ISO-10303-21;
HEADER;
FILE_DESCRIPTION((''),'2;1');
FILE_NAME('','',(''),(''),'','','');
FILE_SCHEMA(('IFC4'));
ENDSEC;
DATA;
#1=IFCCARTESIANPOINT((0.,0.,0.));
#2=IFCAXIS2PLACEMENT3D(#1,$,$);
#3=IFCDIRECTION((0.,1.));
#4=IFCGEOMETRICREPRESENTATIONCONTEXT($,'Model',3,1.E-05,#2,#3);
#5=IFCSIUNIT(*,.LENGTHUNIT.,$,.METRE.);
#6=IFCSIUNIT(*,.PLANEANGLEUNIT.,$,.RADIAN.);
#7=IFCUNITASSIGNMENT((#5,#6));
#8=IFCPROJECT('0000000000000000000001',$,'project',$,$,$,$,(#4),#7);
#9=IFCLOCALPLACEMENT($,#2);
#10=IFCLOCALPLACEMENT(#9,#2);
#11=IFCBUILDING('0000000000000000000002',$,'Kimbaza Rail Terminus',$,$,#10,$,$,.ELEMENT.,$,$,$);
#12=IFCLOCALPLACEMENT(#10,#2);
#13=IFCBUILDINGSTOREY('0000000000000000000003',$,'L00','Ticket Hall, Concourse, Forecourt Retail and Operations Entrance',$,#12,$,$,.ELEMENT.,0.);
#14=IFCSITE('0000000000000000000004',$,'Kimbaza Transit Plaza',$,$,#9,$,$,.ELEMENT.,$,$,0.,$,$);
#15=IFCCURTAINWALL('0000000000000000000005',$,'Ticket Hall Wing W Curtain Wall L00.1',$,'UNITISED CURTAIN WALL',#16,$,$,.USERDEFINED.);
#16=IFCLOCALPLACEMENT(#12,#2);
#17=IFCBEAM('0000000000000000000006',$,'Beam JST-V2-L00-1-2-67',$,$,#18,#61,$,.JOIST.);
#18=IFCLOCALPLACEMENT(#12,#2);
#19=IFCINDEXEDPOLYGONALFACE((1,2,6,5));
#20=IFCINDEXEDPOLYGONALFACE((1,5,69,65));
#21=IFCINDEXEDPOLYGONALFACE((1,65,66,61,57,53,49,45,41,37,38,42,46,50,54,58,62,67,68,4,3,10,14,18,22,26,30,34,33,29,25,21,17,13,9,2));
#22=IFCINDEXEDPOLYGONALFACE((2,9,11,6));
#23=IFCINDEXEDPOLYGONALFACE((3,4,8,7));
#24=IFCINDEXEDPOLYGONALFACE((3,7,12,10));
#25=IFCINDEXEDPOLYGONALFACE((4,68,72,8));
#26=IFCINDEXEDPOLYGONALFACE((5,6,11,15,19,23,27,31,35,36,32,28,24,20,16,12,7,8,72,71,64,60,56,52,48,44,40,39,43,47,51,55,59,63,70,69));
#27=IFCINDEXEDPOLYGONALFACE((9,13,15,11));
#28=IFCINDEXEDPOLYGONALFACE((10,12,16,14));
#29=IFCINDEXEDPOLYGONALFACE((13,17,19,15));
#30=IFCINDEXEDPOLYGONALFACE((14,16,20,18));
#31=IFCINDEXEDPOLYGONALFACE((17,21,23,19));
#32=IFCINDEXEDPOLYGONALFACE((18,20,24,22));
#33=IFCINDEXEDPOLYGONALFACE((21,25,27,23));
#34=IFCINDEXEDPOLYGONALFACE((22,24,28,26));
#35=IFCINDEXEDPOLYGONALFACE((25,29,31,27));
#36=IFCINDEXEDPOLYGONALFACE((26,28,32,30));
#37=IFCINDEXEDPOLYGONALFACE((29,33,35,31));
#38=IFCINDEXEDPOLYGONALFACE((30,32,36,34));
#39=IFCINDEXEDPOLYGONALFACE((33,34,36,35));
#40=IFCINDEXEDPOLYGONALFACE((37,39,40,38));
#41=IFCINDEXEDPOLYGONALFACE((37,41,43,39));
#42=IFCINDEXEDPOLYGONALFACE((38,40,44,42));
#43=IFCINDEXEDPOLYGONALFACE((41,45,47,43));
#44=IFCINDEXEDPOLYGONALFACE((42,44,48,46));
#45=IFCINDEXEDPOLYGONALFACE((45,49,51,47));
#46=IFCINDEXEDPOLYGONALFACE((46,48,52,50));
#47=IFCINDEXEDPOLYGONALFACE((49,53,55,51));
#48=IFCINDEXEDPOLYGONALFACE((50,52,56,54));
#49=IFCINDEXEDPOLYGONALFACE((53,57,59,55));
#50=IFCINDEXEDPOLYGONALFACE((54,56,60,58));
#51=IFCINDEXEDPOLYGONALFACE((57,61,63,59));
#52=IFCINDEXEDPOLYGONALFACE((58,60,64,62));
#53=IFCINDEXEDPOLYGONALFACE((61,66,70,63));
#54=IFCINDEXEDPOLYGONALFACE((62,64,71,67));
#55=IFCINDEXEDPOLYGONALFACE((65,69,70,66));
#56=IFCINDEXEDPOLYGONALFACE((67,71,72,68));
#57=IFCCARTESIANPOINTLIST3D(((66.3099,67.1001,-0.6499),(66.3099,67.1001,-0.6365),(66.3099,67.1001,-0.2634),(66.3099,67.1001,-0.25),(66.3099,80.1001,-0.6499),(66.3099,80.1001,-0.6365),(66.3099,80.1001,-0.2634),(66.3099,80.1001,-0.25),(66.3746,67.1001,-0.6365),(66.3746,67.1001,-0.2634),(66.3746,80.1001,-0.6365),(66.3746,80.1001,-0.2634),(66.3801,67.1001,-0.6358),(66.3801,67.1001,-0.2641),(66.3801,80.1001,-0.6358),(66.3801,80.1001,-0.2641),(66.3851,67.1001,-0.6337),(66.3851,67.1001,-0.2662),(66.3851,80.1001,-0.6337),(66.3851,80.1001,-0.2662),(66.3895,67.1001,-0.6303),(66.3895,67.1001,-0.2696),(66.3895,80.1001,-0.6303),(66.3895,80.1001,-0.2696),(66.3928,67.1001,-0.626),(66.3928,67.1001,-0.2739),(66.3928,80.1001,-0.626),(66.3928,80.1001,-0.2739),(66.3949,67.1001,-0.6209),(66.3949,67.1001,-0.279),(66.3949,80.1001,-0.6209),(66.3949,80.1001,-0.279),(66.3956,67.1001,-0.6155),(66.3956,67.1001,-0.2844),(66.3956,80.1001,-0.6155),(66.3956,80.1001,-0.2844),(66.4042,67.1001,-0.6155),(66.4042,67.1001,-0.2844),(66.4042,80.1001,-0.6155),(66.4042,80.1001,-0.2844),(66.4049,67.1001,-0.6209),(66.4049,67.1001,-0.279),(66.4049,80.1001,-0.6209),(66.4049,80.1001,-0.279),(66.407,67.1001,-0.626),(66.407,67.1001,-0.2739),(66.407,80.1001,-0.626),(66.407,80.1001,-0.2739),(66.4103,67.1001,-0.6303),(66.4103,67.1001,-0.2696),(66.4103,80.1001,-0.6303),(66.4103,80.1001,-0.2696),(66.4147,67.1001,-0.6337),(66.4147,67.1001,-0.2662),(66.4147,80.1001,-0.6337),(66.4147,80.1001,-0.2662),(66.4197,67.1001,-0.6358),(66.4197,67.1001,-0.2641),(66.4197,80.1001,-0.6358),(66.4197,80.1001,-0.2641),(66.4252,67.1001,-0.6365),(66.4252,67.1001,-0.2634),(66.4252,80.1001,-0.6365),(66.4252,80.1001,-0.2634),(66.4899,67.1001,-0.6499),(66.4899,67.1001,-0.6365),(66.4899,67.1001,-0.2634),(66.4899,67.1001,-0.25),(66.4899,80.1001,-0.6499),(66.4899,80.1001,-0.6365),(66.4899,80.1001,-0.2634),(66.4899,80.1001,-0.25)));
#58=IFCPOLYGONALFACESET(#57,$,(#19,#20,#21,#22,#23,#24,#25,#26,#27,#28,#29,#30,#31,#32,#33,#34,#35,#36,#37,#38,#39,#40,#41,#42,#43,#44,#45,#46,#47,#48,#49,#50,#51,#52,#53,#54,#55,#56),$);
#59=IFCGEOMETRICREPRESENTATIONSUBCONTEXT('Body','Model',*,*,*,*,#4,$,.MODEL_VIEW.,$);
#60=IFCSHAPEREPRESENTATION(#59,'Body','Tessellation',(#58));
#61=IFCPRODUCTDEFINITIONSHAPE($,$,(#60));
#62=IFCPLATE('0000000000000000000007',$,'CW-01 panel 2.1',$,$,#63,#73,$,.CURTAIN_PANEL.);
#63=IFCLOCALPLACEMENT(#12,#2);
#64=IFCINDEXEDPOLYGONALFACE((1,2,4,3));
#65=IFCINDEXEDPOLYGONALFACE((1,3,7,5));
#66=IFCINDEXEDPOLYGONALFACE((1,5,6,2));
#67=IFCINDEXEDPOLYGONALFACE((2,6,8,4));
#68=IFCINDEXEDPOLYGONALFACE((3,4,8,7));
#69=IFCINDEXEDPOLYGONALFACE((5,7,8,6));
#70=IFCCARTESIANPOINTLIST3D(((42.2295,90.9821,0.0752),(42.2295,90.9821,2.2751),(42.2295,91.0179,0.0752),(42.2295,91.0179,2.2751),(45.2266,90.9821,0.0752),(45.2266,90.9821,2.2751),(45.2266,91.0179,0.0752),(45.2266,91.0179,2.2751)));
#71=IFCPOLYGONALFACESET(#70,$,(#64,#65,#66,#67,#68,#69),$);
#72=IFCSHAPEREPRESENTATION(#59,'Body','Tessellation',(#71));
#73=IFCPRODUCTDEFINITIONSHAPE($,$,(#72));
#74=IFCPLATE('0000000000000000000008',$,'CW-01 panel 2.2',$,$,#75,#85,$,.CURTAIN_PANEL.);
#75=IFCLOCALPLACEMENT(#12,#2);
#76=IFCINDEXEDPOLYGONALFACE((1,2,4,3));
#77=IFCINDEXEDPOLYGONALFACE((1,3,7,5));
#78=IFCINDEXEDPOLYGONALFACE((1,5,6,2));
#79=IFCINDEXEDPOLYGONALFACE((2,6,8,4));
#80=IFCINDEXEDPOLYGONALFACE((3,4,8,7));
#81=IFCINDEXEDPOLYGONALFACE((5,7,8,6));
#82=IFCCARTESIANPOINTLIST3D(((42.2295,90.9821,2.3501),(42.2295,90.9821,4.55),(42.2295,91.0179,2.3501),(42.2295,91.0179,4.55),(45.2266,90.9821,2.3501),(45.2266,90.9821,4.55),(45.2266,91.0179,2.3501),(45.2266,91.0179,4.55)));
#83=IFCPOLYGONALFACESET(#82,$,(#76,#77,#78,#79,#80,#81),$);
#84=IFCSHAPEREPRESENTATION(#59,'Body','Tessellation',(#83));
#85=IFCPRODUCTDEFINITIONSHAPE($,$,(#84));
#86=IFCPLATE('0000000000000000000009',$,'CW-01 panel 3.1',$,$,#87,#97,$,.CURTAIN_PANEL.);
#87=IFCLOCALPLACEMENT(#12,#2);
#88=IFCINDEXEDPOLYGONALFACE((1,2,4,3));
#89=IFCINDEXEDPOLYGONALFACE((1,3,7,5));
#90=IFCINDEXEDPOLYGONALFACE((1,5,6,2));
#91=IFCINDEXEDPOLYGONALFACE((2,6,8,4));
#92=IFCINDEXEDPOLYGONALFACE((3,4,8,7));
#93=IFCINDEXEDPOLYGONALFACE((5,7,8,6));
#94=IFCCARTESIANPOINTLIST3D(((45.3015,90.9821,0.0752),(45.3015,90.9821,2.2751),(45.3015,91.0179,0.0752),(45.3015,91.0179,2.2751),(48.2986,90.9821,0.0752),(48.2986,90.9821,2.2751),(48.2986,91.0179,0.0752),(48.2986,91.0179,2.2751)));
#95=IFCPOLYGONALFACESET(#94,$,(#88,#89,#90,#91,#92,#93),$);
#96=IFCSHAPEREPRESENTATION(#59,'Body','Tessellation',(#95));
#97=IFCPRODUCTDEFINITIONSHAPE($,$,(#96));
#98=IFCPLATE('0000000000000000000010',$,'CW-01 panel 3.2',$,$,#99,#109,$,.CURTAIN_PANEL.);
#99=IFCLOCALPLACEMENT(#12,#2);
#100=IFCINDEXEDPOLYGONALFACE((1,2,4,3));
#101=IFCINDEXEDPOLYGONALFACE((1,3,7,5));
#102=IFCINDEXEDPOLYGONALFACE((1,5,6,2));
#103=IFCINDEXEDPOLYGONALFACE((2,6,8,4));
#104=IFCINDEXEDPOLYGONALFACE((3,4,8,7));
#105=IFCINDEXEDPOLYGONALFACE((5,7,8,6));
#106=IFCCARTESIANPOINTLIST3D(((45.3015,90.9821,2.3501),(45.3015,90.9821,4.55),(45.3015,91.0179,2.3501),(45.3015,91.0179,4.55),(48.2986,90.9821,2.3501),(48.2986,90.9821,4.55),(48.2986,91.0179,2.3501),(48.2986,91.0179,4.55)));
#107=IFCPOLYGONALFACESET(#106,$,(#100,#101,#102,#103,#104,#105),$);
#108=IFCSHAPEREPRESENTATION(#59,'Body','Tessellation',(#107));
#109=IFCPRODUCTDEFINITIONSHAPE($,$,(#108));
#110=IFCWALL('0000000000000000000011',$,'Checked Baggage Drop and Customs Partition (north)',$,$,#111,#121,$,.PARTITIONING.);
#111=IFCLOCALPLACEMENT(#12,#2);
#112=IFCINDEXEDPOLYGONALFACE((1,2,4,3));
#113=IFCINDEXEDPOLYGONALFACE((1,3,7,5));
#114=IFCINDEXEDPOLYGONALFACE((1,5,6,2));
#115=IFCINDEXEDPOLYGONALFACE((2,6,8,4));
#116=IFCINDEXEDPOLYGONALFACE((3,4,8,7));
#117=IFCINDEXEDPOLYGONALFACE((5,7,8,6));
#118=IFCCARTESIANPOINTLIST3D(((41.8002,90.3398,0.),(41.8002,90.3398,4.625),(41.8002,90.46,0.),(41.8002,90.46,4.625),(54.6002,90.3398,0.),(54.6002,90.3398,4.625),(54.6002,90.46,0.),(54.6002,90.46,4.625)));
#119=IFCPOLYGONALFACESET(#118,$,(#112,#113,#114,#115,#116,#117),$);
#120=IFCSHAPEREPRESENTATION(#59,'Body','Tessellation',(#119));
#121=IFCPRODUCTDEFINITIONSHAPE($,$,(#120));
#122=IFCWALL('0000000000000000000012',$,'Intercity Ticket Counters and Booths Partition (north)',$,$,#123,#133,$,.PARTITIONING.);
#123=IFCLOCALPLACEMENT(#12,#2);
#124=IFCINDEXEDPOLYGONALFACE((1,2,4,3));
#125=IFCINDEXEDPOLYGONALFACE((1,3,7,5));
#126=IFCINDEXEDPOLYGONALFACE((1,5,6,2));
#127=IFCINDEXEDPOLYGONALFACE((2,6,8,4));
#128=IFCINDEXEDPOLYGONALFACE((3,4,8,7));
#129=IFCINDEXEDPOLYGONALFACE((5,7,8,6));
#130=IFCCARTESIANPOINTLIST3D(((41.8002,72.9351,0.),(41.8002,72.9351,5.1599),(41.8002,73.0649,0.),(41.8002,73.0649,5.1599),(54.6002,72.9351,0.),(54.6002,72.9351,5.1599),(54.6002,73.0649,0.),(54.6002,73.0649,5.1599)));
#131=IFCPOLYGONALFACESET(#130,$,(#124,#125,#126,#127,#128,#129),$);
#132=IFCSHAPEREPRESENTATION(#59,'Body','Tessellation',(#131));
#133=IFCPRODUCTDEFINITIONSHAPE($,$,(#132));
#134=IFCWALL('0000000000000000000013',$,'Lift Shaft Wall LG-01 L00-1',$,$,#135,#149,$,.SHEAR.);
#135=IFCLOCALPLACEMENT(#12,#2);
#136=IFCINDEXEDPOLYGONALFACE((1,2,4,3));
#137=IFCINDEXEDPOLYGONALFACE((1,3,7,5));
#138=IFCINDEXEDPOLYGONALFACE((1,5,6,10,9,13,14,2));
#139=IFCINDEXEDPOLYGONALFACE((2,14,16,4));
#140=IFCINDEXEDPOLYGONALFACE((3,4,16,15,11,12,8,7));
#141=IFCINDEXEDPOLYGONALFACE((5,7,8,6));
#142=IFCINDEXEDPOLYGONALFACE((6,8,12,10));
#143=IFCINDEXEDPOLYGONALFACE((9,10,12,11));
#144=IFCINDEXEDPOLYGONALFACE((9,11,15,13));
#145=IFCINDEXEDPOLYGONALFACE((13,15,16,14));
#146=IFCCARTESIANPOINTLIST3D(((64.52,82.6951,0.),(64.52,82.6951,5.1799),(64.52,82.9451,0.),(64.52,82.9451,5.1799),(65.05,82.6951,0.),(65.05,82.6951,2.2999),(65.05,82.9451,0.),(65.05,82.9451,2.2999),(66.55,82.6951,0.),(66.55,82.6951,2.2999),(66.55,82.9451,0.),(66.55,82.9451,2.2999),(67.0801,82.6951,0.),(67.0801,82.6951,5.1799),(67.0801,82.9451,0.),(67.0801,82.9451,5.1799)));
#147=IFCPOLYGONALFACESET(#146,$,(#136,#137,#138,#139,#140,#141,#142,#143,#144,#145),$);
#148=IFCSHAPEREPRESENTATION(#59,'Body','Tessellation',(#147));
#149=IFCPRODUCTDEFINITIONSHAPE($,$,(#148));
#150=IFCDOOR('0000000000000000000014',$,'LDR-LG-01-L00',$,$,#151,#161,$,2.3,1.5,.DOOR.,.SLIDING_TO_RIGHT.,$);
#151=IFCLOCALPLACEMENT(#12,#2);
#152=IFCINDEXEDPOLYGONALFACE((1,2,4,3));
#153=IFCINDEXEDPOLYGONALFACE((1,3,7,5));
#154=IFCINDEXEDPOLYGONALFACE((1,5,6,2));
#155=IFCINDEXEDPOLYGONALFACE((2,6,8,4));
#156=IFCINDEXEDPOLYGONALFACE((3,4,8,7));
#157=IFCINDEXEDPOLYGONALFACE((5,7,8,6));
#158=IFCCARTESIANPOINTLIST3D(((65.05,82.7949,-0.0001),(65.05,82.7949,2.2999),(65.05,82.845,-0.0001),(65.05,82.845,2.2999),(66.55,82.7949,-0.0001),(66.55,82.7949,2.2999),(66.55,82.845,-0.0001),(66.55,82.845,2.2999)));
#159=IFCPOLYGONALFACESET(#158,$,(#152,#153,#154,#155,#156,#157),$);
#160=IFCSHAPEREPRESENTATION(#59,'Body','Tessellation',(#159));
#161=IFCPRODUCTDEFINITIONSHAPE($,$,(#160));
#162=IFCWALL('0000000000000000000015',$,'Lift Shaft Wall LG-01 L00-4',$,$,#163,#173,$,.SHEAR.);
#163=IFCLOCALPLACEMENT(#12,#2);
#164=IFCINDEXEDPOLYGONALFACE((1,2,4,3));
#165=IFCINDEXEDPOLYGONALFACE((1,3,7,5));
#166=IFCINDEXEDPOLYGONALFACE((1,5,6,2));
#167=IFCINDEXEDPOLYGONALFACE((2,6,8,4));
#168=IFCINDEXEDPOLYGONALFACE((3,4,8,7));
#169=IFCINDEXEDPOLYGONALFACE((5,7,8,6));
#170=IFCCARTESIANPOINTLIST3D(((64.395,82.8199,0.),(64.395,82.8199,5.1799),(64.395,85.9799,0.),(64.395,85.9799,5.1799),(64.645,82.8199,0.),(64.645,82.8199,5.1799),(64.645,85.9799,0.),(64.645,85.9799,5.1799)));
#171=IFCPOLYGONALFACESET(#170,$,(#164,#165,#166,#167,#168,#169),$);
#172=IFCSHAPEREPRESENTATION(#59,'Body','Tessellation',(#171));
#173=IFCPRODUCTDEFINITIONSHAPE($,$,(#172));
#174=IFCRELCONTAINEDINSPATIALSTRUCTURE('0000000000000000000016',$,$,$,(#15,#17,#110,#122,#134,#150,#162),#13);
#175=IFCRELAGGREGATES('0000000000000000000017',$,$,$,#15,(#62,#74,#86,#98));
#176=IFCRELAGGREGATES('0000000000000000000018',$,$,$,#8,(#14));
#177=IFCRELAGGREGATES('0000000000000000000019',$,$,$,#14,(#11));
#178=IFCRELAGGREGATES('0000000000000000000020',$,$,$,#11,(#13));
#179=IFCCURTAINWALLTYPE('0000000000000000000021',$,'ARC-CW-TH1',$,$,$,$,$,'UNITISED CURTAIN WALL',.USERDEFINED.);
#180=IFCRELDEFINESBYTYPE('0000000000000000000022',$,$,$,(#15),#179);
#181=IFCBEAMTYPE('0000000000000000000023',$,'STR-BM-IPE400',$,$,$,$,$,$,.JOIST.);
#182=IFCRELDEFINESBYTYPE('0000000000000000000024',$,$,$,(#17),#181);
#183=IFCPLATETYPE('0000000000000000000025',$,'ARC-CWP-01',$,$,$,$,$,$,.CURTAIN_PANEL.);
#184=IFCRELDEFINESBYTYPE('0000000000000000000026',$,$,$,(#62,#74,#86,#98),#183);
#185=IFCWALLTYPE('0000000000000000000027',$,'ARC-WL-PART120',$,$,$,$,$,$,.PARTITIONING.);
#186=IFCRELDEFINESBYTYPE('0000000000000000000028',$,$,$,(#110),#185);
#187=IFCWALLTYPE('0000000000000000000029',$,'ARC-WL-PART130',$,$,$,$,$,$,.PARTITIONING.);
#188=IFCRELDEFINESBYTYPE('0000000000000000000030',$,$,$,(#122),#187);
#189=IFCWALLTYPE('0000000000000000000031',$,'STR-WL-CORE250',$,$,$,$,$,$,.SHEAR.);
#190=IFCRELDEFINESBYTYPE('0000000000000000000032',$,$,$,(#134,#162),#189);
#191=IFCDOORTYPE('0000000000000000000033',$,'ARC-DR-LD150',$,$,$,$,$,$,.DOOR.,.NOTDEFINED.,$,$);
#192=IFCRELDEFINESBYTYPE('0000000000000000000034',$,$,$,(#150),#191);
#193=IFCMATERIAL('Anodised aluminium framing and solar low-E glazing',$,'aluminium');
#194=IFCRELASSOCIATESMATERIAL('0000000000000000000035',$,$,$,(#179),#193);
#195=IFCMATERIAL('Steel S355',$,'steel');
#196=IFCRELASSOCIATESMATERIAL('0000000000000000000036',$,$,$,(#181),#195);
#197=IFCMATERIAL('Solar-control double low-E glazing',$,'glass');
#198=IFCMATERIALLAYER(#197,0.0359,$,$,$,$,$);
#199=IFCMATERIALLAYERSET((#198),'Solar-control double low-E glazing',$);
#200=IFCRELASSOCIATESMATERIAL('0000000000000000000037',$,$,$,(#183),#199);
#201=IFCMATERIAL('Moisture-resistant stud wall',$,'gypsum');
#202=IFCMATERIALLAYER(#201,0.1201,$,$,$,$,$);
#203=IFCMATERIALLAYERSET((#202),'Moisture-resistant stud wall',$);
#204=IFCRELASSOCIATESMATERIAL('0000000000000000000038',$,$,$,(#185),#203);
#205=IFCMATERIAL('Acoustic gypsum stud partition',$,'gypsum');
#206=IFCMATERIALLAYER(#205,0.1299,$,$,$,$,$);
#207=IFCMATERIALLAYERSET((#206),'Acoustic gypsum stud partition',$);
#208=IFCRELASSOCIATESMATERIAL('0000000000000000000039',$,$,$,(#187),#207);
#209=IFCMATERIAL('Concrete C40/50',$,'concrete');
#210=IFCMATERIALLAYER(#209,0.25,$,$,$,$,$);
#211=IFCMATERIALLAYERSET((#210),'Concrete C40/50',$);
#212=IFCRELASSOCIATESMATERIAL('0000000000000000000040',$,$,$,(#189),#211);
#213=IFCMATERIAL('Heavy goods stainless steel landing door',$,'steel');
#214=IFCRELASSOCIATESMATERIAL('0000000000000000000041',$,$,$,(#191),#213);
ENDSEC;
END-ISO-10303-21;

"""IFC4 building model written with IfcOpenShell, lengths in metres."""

from ifc_helpers import new_model, si_unit, direction, frame, frame_2d, origin, origin_2d, place, context, subcontext, project, spatial, rectangle, i_section, extrude, material, layer, layer_set, material_profile, profile_set, type_object, element, fill, aggregate, save


model = new_model("IFC4")

# Units and contexts
model_context = context("Model", 3, precision=1e-05, world=origin(), true_north=direction((0.0, 1.0)))
body_context = subcontext(model_context, "Body", "Model", "MODEL_VIEW")
ifc_project = project(units=[si_unit("LENGTHUNIT", "METRE"), si_unit("PLANEANGLEUNIT", "RADIAN")], contexts=[model_context])

# Site, building, storey
site_placement = place(None, origin())
site = spatial("IfcSite", under=ifc_project, at=site_placement, Name="Kimbaza Transit Plaza", CompositionType="ELEMENT", RefElevation=0.0)
building_placement = place(site_placement, origin())
building = spatial("IfcBuilding", under=site, at=building_placement, Name="Kimbaza Rail Terminus", CompositionType="ELEMENT")
storey_placement = place(building_placement, origin())
storey = spatial("IfcBuildingStorey", under=building, at=storey_placement, Name="L00", Description="Ticket Hall, Concourse, Forecourt Retail and Operations Entrance", CompositionType="ELEMENT", Elevation=0.0)

# Curtain wall
ifc_material_1 = material(Name="Anodised aluminium framing and solar low-E glazing", Category="aluminium")
curtain_wall_type = type_object("IfcCurtainWallType", Name="ARC-CW-TH1", ElementType="UNITISED CURTAIN WALL", PredefinedType="USERDEFINED", material=ifc_material_1)
curtain_wall_placement = place(storey_placement, origin())
curtain_wall = element("IfcCurtainWall", 1, at=curtain_wall_placement, inside=storey, type_object=curtain_wall_type, Name="Ticket Hall Wing W Curtain Wall L00.1", ObjectType="UNITISED CURTAIN WALL", PredefinedType="USERDEFINED")

# Beam
ifc_material_2 = material(Name="Steel S355", Category="steel")
ifc_material_profile_1 = material_profile(ifc_material_2, i_section(OverallWidth=0.1799, OverallDepth=0.3999, WebThickness=0.0085, FlangeThickness=0.0134, FilletRadius=0.021, at=origin_2d()), Name="IPE 400")
ifc_profile_set_1 = profile_set([ifc_material_profile_1], Name="Steel S355")
beam_type_1 = type_object("IfcBeamType", Name="STR-BM-IPE400", PredefinedType="JOIST", material=ifc_profile_set_1)
beam_1_placement = place(storey_placement, frame((66.3999, 67.1001, -0.45), z_axis=(0.0, 1.0, 0.0), x_axis=(-1.0, 0.0, 0.0)))
element("IfcBeam", 2, at=beam_1_placement, inside=storey, type_object=beam_type_1, Name="Beam JST-V2-L00-1-2-67", PredefinedType="JOIST", context=body_context, shape_type="SweptSolid", body=[
    extrude(i_section(OverallWidth=0.1799, OverallDepth=0.3999, WebThickness=0.0085, FlangeThickness=0.0134, FilletRadius=0.021, at=origin_2d()), origin(), (0.0, 0.0, 1.0), 13.0),
])

# Plates
ifc_material_3 = material(Name="Solar-control double low-E glazing", Category="glass")
ifc_layer_1 = layer(ifc_material_3, 0.0359)
ifc_layer_set_1 = layer_set([ifc_layer_1], Name="Solar-control double low-E glazing")
plate_type = type_object("IfcPlateType", Name="ARC-CWP-01", PredefinedType="CURTAIN_PANEL", material=ifc_layer_set_1)
plate_1_placement = place(storey_placement, frame((43.728, 91.0, 0.0752), z_axis=(0.0, 0.0, 1.0), x_axis=(1.0, 0.0, 0.0)))
plate_1 = element("IfcPlate", 3, at=plate_1_placement, type_object=plate_type, Name="CW-01 panel 2.1", PredefinedType="CURTAIN_PANEL", context=body_context, shape_type="SweptSolid", body=[
    extrude(rectangle(XDim=2.9971, YDim=0.0359, at=origin_2d()), origin(), (0.0, 0.0, 1.0), 2.2),
])
plate_2_placement = place(storey_placement, frame((43.728, 91.0, 2.3501), z_axis=(0.0, 0.0, 1.0), x_axis=(1.0, 0.0, 0.0)))
plate_2 = element("IfcPlate", 4, at=plate_2_placement, type_object=plate_type, Name="CW-01 panel 2.2", PredefinedType="CURTAIN_PANEL", context=body_context, shape_type="SweptSolid", body=[
    extrude(rectangle(XDim=2.9971, YDim=0.0359, at=origin_2d()), origin(), (0.0, 0.0, 1.0), 2.2),
])
plate_3_placement = place(storey_placement, frame((46.8, 91.0, 0.0752), z_axis=(0.0, 0.0, 1.0), x_axis=(1.0, 0.0, 0.0)))
plate_3 = element("IfcPlate", 5, at=plate_3_placement, type_object=plate_type, Name="CW-01 panel 3.1", PredefinedType="CURTAIN_PANEL", context=body_context, shape_type="SweptSolid", body=[
    extrude(rectangle(XDim=2.9971, YDim=0.0359, at=origin_2d()), origin(), (0.0, 0.0, 1.0), 2.2),
])
plate_4_placement = place(storey_placement, frame((46.8, 91.0, 2.3501), z_axis=(0.0, 0.0, 1.0), x_axis=(1.0, 0.0, 0.0)))
plate_4 = element("IfcPlate", 6, at=plate_4_placement, type_object=plate_type, Name="CW-01 panel 3.2", PredefinedType="CURTAIN_PANEL", context=body_context, shape_type="SweptSolid", body=[
    extrude(rectangle(XDim=2.9971, YDim=0.0359, at=origin_2d()), origin(), (0.0, 0.0, 1.0), 2.2),
])
aggregate(curtain_wall, [plate_1, plate_2, plate_3, plate_4])

# Walls
ifc_material_4 = material(Name="Moisture-resistant stud wall", Category="gypsum")
ifc_layer_2 = layer(ifc_material_4, 0.1201)
ifc_layer_set_2 = layer_set([ifc_layer_2], Name="Moisture-resistant stud wall")
wall_type_1 = type_object("IfcWallType", Name="ARC-WL-PART120", PredefinedType="PARTITIONING", material=ifc_layer_set_2)
wall_1_placement = place(storey_placement, frame((54.6001, 90.3999, 0.0), z_axis=(0.0, 0.0, 1.0), x_axis=(-1.0, 0.0, 0.0)))
element("IfcWall", 7, at=wall_1_placement, inside=storey, type_object=wall_type_1, Name="Checked Baggage Drop and Customs Partition (north)", PredefinedType="PARTITIONING", context=body_context, shape_type="SweptSolid", body=[
    extrude(rectangle(XDim=12.8, YDim=0.1201, at=frame_2d((6.3999, 0.0))), origin(), (0.0, 0.0, 1.0), 4.625),
])
ifc_material_5 = material(Name="Acoustic gypsum stud partition", Category="gypsum")
ifc_layer_3 = layer(ifc_material_5, 0.1299)
ifc_layer_set_3 = layer_set([ifc_layer_3], Name="Acoustic gypsum stud partition")
wall_type_2 = type_object("IfcWallType", Name="ARC-WL-PART130", PredefinedType="PARTITIONING", material=ifc_layer_set_3)
wall_2_placement = place(storey_placement, frame((54.6001, 73.0, 0.0), z_axis=(0.0, 0.0, 1.0), x_axis=(-1.0, 0.0, 0.0)))
element("IfcWall", 8, at=wall_2_placement, inside=storey, type_object=wall_type_2, Name="Intercity Ticket Counters and Booths Partition (north)", PredefinedType="PARTITIONING", context=body_context, shape_type="SweptSolid", body=[
    extrude(rectangle(XDim=12.8, YDim=0.1299, at=frame_2d((6.3999, 0.0))), origin(), (0.0, 0.0, 1.0), 5.1599),
])

# Wall, opening, door
ifc_material_6 = material(Name="Concrete C40/50", Category="concrete")
ifc_layer_4 = layer(ifc_material_6, 0.25)
ifc_layer_set_4 = layer_set([ifc_layer_4], Name="Concrete C40/50")
wall_type_3 = type_object("IfcWallType", Name="STR-WL-CORE250", PredefinedType="SHEAR", material=ifc_layer_set_4)
wall_3_placement = place(storey_placement, frame((64.52, 82.8201, 0.0), z_axis=(0.0, 0.0, 1.0), x_axis=(1.0, 0.0, 0.0)))
wall_3 = element("IfcWall", 9, at=wall_3_placement, inside=storey, type_object=wall_type_3, Name="Lift Shaft Wall LG-01 L00-1", PredefinedType="SHEAR", context=body_context, shape_type="SweptSolid", body=[
    extrude(rectangle(XDim=2.5601, YDim=0.25, at=frame_2d((1.28, 0.0))), origin(), (0.0, 0.0, 1.0), 5.1799),
])
opening_placement = place(wall_3_placement, frame((0.53, 0.0, 0.0)))
opening = element("IfcOpeningElement", 10, at=opening_placement, cuts=wall_3, PredefinedType="OPENING", context=body_context, shape_type="SweptSolid", body=[
    extrude(rectangle(XDim=1.5, YDim=2.3, at=frame_2d((0.75, 1.1499))), frame((0.0, 0.135, 0.0), z_axis=(0.0, -1.0, 0.0), x_axis=(1.0, 0.0, 0.0)), (0.0, 0.0, 1.0), 0.27),
])
ifc_material_7 = material(Name="Heavy goods stainless steel landing door", Category="steel")
door_type = type_object("IfcDoorType", Name="ARC-DR-LD150", OperationType="NOTDEFINED", PredefinedType="DOOR", material=ifc_material_7)
door_placement = place(opening_placement, origin())
door = element("IfcDoor", 11, at=door_placement, inside=storey, type_object=door_type, Name="LDR-LG-01-L00", OperationType="SLIDING_TO_RIGHT", OverallHeight=2.3, OverallWidth=1.5, PredefinedType="DOOR", context=body_context, shape_type="SweptSolid", body=[
    extrude(rectangle(XDim=1.5, YDim=2.3, at=frame_2d((0.75, 1.1499))), frame((0.0, 0.0249, 0.0), z_axis=(0.0, -1.0, 0.0), x_axis=(1.0, 0.0, 0.0)), (0.0, 0.0, 1.0), 0.05),
])
fill(opening, door)

# Wall
wall_4_placement = place(storey_placement, frame((64.52, 85.98, 0.0), z_axis=(0.0, 0.0, 1.0), x_axis=(0.0, -1.0, 0.0)))
element("IfcWall", 12, at=wall_4_placement, inside=storey, type_object=wall_type_3, Name="Lift Shaft Wall LG-01 L00-4", PredefinedType="SHEAR", context=body_context, shape_type="SweptSolid", body=[
    extrude(rectangle(XDim=3.1599, YDim=0.25, at=frame_2d((1.5801, 0.0))), origin(), (0.0, 0.0, 1.0), 5.1799),
])

save(model, "model.ifc")
